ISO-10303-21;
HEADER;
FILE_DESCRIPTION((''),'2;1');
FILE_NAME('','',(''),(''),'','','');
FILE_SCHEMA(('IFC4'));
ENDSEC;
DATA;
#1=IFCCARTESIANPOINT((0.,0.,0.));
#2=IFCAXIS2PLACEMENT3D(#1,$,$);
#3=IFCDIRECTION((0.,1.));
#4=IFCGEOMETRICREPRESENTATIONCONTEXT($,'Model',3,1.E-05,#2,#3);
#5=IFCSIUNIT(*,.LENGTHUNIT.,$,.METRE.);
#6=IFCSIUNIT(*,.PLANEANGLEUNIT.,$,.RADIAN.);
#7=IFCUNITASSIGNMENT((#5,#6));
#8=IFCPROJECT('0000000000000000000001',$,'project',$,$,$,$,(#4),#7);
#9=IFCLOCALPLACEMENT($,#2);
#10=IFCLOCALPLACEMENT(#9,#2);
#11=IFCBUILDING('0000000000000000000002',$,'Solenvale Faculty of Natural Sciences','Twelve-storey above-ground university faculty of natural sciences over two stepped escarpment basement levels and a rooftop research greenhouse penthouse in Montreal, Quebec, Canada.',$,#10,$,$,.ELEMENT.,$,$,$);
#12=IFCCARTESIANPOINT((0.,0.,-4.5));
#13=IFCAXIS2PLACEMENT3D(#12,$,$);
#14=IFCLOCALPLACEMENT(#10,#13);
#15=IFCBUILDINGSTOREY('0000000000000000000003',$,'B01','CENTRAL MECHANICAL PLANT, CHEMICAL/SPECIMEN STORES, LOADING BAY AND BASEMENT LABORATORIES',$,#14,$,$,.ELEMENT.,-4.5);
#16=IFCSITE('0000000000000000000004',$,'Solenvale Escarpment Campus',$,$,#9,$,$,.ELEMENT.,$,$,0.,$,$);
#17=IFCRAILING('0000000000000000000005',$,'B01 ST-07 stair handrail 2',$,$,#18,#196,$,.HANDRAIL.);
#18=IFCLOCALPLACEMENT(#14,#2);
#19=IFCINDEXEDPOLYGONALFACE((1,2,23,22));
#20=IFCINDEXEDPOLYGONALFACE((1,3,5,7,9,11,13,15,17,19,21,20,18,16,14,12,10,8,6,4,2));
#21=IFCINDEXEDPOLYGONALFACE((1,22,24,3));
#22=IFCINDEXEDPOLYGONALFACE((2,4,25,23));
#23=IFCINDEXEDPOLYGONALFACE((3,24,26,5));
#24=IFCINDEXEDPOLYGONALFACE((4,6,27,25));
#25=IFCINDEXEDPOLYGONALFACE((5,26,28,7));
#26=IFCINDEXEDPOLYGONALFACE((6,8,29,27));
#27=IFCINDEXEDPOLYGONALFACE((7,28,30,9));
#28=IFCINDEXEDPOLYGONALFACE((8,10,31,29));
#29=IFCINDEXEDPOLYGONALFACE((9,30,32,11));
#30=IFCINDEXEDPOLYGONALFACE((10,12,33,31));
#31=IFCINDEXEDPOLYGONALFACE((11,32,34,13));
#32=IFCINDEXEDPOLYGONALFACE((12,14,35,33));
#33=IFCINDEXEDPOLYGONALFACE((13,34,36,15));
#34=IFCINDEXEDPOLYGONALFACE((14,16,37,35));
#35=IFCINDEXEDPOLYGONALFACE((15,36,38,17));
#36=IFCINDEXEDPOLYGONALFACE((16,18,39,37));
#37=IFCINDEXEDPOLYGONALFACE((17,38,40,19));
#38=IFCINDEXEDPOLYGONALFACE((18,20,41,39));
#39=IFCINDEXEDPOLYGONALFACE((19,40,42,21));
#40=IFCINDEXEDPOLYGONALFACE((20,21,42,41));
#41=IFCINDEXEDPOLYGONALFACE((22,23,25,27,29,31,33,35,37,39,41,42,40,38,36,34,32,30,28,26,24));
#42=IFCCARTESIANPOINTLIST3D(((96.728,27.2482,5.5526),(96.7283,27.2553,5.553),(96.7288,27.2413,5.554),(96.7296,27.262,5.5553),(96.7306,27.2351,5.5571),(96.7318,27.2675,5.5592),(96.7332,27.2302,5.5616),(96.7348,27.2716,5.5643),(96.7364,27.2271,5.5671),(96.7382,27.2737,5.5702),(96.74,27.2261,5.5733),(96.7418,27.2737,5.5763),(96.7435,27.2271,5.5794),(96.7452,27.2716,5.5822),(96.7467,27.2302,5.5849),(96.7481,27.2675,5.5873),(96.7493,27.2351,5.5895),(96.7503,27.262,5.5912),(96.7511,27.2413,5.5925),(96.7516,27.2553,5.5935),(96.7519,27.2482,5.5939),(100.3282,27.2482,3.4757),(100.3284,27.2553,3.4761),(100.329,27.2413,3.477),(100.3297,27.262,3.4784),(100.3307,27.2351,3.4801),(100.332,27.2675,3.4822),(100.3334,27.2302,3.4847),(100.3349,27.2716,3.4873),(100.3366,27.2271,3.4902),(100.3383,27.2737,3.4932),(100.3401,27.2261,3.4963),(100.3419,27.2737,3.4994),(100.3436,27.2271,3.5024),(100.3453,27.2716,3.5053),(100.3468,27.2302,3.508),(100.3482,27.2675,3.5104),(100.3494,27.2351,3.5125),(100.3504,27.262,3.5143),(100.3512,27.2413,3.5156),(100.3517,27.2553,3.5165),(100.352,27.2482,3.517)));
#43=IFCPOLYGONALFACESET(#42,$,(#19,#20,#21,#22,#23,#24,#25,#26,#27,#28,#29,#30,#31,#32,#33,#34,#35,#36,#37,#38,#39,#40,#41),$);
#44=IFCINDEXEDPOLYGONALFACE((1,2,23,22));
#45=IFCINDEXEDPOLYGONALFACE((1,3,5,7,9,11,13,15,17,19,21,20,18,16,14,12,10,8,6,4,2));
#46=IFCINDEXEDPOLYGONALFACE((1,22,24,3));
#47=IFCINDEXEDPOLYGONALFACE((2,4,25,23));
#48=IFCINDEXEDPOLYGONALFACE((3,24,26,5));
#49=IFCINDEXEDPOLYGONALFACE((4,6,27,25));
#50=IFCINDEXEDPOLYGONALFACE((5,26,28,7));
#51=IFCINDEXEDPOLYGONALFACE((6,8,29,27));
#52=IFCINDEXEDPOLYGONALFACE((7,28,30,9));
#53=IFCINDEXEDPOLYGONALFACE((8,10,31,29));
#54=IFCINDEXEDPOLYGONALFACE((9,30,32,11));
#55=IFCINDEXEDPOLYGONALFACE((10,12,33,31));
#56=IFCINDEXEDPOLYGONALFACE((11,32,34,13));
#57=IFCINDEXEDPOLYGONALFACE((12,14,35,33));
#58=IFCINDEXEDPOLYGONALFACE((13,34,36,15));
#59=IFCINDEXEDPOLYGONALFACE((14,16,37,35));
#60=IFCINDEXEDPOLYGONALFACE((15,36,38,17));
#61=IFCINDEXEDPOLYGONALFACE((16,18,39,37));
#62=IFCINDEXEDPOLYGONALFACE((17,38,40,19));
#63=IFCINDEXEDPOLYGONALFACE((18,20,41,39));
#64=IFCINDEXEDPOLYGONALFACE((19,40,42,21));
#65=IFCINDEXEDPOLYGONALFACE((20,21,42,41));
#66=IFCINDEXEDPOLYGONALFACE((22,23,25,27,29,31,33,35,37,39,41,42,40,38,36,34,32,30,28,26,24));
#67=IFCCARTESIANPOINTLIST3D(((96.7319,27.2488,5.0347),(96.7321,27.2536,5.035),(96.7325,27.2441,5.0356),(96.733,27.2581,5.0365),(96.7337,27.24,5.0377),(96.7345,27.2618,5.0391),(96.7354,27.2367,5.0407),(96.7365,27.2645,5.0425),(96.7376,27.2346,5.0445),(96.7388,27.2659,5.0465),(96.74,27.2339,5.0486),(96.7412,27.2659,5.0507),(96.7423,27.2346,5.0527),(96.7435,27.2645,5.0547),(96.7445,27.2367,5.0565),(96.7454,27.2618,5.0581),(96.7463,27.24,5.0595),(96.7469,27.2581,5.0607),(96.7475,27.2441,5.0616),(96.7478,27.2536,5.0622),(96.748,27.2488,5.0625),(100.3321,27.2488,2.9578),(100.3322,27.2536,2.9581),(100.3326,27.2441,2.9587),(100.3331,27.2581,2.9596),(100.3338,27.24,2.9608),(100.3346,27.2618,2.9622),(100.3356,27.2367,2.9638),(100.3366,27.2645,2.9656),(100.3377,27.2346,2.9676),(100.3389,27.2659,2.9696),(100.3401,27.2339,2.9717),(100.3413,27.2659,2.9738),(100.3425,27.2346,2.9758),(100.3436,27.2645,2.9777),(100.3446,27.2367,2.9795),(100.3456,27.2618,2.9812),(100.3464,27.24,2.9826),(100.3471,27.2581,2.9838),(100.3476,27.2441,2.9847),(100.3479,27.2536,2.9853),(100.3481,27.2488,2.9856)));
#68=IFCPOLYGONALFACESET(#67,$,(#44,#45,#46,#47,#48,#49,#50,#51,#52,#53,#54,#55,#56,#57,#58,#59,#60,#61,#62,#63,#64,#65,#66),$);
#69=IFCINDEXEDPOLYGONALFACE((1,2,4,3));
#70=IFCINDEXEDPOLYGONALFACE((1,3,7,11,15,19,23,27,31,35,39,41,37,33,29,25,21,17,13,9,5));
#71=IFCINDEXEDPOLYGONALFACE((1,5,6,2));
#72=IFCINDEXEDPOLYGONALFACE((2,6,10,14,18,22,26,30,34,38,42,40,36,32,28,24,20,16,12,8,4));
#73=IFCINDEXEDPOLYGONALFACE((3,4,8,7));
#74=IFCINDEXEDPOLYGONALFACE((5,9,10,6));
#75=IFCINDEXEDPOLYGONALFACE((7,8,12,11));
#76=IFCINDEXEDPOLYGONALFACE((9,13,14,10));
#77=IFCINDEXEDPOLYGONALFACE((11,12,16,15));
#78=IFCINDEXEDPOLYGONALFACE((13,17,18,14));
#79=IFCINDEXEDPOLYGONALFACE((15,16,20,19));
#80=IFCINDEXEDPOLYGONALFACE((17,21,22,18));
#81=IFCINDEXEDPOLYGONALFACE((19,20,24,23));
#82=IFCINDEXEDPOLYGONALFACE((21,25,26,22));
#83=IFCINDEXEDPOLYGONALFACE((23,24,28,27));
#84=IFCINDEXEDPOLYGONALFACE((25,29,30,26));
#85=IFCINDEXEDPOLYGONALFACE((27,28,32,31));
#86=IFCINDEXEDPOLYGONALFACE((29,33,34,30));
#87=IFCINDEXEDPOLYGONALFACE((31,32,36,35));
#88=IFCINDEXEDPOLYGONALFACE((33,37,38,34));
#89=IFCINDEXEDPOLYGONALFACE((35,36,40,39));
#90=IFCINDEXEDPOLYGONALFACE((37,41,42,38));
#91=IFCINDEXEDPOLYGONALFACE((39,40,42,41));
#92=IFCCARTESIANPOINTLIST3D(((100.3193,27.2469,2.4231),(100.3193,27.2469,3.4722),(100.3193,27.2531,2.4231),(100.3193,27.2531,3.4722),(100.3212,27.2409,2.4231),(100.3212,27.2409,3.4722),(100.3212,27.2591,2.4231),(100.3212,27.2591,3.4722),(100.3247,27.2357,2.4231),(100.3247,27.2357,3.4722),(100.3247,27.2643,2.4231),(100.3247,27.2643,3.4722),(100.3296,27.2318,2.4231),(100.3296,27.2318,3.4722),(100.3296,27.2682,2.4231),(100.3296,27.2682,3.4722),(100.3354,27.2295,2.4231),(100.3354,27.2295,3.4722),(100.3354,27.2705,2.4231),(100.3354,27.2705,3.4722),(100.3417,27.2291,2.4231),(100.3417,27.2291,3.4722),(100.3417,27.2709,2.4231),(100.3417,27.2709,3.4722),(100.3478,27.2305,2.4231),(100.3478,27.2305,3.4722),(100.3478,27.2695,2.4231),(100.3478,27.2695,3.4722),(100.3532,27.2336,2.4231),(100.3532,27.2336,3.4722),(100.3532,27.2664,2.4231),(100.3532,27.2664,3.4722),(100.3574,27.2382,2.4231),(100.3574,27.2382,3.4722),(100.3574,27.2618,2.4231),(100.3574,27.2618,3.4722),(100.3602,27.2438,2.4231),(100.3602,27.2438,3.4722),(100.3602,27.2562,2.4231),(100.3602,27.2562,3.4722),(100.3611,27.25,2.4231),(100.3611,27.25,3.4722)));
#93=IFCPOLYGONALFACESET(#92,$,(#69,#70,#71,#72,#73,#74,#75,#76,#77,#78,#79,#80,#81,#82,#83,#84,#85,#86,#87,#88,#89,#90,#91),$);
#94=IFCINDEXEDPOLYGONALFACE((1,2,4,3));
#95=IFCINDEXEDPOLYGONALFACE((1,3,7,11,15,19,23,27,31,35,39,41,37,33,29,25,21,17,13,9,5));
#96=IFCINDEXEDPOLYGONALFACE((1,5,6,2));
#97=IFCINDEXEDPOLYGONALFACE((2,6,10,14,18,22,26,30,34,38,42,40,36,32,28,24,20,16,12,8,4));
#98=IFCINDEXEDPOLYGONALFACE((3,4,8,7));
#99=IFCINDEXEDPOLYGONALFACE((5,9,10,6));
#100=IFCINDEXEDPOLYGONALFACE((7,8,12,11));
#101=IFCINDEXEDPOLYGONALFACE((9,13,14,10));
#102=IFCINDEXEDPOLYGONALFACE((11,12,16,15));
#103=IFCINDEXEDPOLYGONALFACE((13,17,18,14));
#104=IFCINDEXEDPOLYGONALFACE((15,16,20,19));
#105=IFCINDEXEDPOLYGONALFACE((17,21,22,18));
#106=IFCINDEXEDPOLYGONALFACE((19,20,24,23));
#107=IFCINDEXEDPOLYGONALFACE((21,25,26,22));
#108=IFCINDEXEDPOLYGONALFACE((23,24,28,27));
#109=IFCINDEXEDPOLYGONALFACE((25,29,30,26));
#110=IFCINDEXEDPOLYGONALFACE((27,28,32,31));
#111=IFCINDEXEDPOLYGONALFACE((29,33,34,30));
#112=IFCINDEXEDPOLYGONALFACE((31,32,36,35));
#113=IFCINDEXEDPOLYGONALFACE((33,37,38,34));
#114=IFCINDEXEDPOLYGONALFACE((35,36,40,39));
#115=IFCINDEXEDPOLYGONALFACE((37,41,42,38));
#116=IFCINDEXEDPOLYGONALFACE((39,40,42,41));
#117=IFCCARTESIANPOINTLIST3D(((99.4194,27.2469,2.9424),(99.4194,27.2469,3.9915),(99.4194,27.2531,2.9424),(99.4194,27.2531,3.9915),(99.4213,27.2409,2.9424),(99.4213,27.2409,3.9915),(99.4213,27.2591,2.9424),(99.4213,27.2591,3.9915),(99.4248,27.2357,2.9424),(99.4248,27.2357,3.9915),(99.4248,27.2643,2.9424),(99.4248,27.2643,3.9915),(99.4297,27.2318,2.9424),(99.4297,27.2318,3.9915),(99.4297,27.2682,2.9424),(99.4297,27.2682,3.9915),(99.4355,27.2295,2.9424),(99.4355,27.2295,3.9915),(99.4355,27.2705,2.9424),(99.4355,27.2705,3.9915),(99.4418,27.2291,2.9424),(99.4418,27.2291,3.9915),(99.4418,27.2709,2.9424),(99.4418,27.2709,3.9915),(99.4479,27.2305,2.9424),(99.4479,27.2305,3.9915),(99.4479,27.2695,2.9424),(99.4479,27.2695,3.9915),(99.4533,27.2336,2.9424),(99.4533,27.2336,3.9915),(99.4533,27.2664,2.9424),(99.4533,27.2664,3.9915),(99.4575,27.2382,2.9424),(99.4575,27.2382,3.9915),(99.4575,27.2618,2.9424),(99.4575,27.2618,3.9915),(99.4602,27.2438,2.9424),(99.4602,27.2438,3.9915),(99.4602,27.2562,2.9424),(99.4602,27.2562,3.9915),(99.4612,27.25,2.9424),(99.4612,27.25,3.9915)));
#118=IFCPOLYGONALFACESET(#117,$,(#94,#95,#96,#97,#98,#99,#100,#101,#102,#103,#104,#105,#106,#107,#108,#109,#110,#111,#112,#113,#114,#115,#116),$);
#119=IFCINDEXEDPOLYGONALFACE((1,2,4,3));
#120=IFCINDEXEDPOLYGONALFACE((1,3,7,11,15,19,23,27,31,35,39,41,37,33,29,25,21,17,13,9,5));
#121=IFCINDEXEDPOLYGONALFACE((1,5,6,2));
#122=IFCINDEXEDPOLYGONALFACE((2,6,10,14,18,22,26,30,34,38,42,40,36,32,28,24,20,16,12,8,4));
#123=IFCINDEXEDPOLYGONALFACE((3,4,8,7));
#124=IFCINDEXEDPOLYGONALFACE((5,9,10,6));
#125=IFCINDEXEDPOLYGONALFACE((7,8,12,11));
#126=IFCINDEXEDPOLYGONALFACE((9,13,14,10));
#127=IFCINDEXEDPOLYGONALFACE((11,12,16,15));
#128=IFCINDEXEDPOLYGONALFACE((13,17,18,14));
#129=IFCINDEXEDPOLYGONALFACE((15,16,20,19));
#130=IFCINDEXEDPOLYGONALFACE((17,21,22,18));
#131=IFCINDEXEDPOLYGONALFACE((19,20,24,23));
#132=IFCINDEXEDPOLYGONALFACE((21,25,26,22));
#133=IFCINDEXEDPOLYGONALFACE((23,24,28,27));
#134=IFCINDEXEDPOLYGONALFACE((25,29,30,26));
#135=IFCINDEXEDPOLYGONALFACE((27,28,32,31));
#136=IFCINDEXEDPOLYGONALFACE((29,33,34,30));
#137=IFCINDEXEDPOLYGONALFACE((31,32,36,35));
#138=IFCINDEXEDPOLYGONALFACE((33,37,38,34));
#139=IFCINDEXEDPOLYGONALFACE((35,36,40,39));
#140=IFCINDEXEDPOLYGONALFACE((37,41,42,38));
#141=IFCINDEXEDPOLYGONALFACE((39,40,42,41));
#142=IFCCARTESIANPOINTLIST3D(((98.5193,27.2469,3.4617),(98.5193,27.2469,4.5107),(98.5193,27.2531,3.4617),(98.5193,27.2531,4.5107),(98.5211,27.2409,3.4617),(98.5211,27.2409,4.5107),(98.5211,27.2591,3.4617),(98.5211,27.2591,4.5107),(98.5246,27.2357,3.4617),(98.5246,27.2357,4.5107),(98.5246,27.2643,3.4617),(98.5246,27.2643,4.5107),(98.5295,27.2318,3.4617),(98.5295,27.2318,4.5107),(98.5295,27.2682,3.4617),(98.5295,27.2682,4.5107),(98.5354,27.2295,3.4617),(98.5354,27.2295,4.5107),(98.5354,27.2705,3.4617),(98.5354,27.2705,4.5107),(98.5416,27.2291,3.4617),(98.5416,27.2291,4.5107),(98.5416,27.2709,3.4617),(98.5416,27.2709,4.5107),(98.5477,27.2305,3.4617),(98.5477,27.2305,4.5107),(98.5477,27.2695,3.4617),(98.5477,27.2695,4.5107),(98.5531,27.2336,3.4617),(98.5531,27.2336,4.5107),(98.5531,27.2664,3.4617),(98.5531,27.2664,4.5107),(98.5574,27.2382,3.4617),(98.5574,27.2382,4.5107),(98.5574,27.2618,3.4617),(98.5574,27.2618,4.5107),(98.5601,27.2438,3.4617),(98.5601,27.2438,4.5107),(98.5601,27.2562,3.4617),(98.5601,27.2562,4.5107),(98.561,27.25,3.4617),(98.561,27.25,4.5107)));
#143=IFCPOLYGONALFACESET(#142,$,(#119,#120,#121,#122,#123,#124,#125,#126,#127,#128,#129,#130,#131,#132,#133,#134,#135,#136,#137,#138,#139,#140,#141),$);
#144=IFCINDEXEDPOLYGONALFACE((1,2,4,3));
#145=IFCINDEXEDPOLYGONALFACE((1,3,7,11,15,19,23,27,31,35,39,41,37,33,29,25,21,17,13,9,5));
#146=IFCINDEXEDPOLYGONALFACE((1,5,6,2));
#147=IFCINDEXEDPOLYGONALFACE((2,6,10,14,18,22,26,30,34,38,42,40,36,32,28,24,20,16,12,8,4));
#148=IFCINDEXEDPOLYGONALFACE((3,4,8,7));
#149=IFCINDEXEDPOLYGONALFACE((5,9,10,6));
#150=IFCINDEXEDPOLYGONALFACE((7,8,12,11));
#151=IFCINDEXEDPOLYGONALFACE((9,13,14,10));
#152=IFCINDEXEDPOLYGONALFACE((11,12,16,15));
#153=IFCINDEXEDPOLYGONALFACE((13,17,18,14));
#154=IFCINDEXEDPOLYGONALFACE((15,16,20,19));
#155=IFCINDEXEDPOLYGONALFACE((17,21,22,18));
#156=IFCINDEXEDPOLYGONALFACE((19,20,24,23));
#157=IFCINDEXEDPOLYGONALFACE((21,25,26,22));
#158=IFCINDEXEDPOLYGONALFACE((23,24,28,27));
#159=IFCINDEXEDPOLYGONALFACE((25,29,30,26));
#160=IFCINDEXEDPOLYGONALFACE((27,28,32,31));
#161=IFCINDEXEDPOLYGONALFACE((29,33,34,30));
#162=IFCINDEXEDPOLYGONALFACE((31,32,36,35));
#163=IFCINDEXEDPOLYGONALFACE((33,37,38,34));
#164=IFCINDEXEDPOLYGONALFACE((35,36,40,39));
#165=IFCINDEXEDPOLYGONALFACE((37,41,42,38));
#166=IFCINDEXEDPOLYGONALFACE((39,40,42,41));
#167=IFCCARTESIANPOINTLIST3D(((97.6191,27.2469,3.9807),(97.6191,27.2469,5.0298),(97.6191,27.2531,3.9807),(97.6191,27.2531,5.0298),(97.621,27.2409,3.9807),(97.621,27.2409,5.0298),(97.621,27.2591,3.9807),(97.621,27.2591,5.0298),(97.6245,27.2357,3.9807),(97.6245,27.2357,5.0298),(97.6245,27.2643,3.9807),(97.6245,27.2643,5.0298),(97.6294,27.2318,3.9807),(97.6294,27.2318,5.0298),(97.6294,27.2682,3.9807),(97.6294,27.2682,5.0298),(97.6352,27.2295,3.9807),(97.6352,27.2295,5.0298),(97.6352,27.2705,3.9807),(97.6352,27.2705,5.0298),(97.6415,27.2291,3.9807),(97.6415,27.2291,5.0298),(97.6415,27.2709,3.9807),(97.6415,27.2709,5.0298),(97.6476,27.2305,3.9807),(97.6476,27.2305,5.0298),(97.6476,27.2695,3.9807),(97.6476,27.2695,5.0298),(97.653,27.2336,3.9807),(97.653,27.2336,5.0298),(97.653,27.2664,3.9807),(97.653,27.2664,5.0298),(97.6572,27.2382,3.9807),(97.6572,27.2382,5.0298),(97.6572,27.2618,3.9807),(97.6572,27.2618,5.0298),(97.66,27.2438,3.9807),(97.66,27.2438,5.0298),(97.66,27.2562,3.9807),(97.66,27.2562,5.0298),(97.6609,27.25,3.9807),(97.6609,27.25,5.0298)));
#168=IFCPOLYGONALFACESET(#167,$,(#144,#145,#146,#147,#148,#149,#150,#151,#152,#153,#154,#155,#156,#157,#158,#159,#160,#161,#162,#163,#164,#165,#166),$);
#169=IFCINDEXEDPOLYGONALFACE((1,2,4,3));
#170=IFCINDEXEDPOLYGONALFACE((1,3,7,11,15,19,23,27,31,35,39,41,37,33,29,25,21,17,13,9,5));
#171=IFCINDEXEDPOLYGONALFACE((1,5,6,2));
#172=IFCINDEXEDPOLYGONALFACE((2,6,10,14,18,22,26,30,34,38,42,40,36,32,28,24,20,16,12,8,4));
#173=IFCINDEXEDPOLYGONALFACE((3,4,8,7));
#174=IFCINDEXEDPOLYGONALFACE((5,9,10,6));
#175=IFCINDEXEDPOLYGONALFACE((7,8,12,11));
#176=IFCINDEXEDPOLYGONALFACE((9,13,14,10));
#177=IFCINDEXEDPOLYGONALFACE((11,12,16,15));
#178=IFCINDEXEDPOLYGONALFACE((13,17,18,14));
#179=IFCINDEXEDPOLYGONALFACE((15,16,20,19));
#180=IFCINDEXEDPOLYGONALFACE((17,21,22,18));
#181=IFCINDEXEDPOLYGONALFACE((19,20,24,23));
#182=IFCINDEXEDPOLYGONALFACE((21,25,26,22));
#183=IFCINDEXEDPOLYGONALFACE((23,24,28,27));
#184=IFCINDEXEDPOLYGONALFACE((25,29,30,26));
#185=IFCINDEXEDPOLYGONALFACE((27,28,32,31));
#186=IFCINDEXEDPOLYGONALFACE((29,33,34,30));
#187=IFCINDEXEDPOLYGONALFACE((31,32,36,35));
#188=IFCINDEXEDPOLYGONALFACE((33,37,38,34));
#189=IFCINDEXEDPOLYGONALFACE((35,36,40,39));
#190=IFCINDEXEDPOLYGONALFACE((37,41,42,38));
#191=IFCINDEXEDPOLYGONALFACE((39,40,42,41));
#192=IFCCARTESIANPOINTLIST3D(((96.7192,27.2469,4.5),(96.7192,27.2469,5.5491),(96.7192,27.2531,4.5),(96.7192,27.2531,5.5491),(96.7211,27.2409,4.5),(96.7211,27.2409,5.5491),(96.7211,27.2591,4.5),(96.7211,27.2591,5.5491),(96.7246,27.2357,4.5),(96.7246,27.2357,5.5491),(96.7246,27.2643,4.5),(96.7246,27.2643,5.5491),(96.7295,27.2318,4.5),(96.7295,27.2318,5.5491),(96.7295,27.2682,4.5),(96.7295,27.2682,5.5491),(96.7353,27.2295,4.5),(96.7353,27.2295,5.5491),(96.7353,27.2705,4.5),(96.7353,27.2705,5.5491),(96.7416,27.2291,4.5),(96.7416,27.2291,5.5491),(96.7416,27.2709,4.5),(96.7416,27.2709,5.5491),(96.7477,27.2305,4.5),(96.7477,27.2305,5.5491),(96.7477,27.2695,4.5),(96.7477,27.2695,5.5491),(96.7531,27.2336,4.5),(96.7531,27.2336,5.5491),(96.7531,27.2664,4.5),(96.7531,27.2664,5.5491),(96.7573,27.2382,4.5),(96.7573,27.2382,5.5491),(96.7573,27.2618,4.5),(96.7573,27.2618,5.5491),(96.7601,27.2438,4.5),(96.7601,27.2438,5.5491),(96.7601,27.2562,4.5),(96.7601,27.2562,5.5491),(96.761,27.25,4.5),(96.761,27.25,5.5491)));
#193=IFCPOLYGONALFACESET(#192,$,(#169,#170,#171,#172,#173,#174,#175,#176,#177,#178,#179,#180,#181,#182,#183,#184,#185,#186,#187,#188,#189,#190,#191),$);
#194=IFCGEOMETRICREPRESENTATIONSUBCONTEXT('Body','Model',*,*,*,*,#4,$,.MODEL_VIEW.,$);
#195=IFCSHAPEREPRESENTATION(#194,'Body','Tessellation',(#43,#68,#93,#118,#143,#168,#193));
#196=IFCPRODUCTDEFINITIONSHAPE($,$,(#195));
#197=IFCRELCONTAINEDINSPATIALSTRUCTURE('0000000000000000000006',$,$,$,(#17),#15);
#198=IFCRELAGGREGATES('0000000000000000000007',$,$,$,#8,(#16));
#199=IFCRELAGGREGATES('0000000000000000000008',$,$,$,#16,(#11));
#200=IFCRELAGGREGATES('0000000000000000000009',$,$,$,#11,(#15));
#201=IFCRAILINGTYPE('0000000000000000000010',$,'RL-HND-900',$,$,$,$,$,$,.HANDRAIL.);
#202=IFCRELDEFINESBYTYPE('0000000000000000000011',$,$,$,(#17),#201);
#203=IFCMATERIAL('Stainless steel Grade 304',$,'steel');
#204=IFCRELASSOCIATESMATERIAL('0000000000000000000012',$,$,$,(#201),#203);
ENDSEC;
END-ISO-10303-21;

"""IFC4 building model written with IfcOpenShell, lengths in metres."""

from ifc_helpers import new_model, si_unit, direction, frame, origin, origin_2d, place, context, subcontext, project, spatial, circle, extrude, material, type_object, element, save


model = new_model("IFC4")

# Units and contexts
model_context = context("Model", 3, precision=1e-05, world=origin(), true_north=direction((0.0, 1.0)))
body_context = subcontext(model_context, "Body", "Model", "MODEL_VIEW")
ifc_project = project(units=[si_unit("LENGTHUNIT", "METRE"), si_unit("PLANEANGLEUNIT", "RADIAN")], contexts=[model_context])

# Site, building, storey
site_placement = place(None, origin())
site = spatial("IfcSite", under=ifc_project, at=site_placement, Name="Solenvale Escarpment Campus", CompositionType="ELEMENT", RefElevation=0.0)
building_placement = place(site_placement, origin())
building = spatial("IfcBuilding", under=site, at=building_placement, Name="Solenvale Faculty of Natural Sciences", Description="Twelve-storey above-ground university faculty of natural sciences over two stepped escarpment basement levels and a rooftop research greenhouse penthouse in Montreal, Quebec, Canada.", CompositionType="ELEMENT")
storey_placement = place(building_placement, frame((0.0, 0.0, -4.5)))
storey = spatial("IfcBuildingStorey", under=building, at=storey_placement, Name="B01", Description="CENTRAL MECHANICAL PLANT, CHEMICAL/SPECIMEN STORES, LOADING BAY AND BASEMENT LABORATORIES", CompositionType="ELEMENT", Elevation=-4.5)

# Railing
ifc_material_1 = material(Name="Stainless steel Grade 304", Category="steel")
railing_type_1 = type_object("IfcRailingType", Name="RL-HND-900", PredefinedType="HANDRAIL", material=ifc_material_1)
railing_1_placement = place(storey_placement, frame((100.3401, 27.25, 2.4231)))
element("IfcRailing", 1, at=railing_1_placement, inside=storey, type_object=railing_type_1, Name="B01 ST-07 stair handrail 2", PredefinedType="HANDRAIL", context=body_context, shape_type="SweptSolid", body=[
    extrude(circle(Radius=0.0239, at=origin_2d()), frame((0.0, 0.0, 1.0732), z_axis=(-0.866193, 0.0, 0.499709), x_axis=(0.0, -1.0, 0.0)), (0.0, 0.0, 1.0), 4.1562),
    extrude(circle(Radius=0.0161, at=origin_2d()), frame((0.0, 0.0, 0.5486), z_axis=(-0.866193, 0.0, 0.499709), x_axis=(0.0, -1.0, 0.0)), (0.0, 0.0, 1.0), 4.1562),
    extrude(circle(Radius=0.021, at=origin_2d()), origin(), (0.0, 0.0, 1.0), 1.0491),
    extrude(circle(Radius=0.021, at=origin_2d()), frame((-0.8999, 0.0, 0.5193)), (0.0, 0.0, 1.0), 1.0491),
    extrude(circle(Radius=0.021, at=origin_2d()), frame((-1.8, 0.0, 1.0386)), (0.0, 0.0, 1.0), 1.0491),
    extrude(circle(Radius=0.021, at=origin_2d()), frame((-2.7002, 0.0, 1.5576)), (0.0, 0.0, 1.0), 1.0491),
    extrude(circle(Radius=0.021, at=origin_2d()), frame((-3.6001, 0.0, 2.0769)), (0.0, 0.0, 1.0), 1.0491),
])

save(model, "model.ifc")
